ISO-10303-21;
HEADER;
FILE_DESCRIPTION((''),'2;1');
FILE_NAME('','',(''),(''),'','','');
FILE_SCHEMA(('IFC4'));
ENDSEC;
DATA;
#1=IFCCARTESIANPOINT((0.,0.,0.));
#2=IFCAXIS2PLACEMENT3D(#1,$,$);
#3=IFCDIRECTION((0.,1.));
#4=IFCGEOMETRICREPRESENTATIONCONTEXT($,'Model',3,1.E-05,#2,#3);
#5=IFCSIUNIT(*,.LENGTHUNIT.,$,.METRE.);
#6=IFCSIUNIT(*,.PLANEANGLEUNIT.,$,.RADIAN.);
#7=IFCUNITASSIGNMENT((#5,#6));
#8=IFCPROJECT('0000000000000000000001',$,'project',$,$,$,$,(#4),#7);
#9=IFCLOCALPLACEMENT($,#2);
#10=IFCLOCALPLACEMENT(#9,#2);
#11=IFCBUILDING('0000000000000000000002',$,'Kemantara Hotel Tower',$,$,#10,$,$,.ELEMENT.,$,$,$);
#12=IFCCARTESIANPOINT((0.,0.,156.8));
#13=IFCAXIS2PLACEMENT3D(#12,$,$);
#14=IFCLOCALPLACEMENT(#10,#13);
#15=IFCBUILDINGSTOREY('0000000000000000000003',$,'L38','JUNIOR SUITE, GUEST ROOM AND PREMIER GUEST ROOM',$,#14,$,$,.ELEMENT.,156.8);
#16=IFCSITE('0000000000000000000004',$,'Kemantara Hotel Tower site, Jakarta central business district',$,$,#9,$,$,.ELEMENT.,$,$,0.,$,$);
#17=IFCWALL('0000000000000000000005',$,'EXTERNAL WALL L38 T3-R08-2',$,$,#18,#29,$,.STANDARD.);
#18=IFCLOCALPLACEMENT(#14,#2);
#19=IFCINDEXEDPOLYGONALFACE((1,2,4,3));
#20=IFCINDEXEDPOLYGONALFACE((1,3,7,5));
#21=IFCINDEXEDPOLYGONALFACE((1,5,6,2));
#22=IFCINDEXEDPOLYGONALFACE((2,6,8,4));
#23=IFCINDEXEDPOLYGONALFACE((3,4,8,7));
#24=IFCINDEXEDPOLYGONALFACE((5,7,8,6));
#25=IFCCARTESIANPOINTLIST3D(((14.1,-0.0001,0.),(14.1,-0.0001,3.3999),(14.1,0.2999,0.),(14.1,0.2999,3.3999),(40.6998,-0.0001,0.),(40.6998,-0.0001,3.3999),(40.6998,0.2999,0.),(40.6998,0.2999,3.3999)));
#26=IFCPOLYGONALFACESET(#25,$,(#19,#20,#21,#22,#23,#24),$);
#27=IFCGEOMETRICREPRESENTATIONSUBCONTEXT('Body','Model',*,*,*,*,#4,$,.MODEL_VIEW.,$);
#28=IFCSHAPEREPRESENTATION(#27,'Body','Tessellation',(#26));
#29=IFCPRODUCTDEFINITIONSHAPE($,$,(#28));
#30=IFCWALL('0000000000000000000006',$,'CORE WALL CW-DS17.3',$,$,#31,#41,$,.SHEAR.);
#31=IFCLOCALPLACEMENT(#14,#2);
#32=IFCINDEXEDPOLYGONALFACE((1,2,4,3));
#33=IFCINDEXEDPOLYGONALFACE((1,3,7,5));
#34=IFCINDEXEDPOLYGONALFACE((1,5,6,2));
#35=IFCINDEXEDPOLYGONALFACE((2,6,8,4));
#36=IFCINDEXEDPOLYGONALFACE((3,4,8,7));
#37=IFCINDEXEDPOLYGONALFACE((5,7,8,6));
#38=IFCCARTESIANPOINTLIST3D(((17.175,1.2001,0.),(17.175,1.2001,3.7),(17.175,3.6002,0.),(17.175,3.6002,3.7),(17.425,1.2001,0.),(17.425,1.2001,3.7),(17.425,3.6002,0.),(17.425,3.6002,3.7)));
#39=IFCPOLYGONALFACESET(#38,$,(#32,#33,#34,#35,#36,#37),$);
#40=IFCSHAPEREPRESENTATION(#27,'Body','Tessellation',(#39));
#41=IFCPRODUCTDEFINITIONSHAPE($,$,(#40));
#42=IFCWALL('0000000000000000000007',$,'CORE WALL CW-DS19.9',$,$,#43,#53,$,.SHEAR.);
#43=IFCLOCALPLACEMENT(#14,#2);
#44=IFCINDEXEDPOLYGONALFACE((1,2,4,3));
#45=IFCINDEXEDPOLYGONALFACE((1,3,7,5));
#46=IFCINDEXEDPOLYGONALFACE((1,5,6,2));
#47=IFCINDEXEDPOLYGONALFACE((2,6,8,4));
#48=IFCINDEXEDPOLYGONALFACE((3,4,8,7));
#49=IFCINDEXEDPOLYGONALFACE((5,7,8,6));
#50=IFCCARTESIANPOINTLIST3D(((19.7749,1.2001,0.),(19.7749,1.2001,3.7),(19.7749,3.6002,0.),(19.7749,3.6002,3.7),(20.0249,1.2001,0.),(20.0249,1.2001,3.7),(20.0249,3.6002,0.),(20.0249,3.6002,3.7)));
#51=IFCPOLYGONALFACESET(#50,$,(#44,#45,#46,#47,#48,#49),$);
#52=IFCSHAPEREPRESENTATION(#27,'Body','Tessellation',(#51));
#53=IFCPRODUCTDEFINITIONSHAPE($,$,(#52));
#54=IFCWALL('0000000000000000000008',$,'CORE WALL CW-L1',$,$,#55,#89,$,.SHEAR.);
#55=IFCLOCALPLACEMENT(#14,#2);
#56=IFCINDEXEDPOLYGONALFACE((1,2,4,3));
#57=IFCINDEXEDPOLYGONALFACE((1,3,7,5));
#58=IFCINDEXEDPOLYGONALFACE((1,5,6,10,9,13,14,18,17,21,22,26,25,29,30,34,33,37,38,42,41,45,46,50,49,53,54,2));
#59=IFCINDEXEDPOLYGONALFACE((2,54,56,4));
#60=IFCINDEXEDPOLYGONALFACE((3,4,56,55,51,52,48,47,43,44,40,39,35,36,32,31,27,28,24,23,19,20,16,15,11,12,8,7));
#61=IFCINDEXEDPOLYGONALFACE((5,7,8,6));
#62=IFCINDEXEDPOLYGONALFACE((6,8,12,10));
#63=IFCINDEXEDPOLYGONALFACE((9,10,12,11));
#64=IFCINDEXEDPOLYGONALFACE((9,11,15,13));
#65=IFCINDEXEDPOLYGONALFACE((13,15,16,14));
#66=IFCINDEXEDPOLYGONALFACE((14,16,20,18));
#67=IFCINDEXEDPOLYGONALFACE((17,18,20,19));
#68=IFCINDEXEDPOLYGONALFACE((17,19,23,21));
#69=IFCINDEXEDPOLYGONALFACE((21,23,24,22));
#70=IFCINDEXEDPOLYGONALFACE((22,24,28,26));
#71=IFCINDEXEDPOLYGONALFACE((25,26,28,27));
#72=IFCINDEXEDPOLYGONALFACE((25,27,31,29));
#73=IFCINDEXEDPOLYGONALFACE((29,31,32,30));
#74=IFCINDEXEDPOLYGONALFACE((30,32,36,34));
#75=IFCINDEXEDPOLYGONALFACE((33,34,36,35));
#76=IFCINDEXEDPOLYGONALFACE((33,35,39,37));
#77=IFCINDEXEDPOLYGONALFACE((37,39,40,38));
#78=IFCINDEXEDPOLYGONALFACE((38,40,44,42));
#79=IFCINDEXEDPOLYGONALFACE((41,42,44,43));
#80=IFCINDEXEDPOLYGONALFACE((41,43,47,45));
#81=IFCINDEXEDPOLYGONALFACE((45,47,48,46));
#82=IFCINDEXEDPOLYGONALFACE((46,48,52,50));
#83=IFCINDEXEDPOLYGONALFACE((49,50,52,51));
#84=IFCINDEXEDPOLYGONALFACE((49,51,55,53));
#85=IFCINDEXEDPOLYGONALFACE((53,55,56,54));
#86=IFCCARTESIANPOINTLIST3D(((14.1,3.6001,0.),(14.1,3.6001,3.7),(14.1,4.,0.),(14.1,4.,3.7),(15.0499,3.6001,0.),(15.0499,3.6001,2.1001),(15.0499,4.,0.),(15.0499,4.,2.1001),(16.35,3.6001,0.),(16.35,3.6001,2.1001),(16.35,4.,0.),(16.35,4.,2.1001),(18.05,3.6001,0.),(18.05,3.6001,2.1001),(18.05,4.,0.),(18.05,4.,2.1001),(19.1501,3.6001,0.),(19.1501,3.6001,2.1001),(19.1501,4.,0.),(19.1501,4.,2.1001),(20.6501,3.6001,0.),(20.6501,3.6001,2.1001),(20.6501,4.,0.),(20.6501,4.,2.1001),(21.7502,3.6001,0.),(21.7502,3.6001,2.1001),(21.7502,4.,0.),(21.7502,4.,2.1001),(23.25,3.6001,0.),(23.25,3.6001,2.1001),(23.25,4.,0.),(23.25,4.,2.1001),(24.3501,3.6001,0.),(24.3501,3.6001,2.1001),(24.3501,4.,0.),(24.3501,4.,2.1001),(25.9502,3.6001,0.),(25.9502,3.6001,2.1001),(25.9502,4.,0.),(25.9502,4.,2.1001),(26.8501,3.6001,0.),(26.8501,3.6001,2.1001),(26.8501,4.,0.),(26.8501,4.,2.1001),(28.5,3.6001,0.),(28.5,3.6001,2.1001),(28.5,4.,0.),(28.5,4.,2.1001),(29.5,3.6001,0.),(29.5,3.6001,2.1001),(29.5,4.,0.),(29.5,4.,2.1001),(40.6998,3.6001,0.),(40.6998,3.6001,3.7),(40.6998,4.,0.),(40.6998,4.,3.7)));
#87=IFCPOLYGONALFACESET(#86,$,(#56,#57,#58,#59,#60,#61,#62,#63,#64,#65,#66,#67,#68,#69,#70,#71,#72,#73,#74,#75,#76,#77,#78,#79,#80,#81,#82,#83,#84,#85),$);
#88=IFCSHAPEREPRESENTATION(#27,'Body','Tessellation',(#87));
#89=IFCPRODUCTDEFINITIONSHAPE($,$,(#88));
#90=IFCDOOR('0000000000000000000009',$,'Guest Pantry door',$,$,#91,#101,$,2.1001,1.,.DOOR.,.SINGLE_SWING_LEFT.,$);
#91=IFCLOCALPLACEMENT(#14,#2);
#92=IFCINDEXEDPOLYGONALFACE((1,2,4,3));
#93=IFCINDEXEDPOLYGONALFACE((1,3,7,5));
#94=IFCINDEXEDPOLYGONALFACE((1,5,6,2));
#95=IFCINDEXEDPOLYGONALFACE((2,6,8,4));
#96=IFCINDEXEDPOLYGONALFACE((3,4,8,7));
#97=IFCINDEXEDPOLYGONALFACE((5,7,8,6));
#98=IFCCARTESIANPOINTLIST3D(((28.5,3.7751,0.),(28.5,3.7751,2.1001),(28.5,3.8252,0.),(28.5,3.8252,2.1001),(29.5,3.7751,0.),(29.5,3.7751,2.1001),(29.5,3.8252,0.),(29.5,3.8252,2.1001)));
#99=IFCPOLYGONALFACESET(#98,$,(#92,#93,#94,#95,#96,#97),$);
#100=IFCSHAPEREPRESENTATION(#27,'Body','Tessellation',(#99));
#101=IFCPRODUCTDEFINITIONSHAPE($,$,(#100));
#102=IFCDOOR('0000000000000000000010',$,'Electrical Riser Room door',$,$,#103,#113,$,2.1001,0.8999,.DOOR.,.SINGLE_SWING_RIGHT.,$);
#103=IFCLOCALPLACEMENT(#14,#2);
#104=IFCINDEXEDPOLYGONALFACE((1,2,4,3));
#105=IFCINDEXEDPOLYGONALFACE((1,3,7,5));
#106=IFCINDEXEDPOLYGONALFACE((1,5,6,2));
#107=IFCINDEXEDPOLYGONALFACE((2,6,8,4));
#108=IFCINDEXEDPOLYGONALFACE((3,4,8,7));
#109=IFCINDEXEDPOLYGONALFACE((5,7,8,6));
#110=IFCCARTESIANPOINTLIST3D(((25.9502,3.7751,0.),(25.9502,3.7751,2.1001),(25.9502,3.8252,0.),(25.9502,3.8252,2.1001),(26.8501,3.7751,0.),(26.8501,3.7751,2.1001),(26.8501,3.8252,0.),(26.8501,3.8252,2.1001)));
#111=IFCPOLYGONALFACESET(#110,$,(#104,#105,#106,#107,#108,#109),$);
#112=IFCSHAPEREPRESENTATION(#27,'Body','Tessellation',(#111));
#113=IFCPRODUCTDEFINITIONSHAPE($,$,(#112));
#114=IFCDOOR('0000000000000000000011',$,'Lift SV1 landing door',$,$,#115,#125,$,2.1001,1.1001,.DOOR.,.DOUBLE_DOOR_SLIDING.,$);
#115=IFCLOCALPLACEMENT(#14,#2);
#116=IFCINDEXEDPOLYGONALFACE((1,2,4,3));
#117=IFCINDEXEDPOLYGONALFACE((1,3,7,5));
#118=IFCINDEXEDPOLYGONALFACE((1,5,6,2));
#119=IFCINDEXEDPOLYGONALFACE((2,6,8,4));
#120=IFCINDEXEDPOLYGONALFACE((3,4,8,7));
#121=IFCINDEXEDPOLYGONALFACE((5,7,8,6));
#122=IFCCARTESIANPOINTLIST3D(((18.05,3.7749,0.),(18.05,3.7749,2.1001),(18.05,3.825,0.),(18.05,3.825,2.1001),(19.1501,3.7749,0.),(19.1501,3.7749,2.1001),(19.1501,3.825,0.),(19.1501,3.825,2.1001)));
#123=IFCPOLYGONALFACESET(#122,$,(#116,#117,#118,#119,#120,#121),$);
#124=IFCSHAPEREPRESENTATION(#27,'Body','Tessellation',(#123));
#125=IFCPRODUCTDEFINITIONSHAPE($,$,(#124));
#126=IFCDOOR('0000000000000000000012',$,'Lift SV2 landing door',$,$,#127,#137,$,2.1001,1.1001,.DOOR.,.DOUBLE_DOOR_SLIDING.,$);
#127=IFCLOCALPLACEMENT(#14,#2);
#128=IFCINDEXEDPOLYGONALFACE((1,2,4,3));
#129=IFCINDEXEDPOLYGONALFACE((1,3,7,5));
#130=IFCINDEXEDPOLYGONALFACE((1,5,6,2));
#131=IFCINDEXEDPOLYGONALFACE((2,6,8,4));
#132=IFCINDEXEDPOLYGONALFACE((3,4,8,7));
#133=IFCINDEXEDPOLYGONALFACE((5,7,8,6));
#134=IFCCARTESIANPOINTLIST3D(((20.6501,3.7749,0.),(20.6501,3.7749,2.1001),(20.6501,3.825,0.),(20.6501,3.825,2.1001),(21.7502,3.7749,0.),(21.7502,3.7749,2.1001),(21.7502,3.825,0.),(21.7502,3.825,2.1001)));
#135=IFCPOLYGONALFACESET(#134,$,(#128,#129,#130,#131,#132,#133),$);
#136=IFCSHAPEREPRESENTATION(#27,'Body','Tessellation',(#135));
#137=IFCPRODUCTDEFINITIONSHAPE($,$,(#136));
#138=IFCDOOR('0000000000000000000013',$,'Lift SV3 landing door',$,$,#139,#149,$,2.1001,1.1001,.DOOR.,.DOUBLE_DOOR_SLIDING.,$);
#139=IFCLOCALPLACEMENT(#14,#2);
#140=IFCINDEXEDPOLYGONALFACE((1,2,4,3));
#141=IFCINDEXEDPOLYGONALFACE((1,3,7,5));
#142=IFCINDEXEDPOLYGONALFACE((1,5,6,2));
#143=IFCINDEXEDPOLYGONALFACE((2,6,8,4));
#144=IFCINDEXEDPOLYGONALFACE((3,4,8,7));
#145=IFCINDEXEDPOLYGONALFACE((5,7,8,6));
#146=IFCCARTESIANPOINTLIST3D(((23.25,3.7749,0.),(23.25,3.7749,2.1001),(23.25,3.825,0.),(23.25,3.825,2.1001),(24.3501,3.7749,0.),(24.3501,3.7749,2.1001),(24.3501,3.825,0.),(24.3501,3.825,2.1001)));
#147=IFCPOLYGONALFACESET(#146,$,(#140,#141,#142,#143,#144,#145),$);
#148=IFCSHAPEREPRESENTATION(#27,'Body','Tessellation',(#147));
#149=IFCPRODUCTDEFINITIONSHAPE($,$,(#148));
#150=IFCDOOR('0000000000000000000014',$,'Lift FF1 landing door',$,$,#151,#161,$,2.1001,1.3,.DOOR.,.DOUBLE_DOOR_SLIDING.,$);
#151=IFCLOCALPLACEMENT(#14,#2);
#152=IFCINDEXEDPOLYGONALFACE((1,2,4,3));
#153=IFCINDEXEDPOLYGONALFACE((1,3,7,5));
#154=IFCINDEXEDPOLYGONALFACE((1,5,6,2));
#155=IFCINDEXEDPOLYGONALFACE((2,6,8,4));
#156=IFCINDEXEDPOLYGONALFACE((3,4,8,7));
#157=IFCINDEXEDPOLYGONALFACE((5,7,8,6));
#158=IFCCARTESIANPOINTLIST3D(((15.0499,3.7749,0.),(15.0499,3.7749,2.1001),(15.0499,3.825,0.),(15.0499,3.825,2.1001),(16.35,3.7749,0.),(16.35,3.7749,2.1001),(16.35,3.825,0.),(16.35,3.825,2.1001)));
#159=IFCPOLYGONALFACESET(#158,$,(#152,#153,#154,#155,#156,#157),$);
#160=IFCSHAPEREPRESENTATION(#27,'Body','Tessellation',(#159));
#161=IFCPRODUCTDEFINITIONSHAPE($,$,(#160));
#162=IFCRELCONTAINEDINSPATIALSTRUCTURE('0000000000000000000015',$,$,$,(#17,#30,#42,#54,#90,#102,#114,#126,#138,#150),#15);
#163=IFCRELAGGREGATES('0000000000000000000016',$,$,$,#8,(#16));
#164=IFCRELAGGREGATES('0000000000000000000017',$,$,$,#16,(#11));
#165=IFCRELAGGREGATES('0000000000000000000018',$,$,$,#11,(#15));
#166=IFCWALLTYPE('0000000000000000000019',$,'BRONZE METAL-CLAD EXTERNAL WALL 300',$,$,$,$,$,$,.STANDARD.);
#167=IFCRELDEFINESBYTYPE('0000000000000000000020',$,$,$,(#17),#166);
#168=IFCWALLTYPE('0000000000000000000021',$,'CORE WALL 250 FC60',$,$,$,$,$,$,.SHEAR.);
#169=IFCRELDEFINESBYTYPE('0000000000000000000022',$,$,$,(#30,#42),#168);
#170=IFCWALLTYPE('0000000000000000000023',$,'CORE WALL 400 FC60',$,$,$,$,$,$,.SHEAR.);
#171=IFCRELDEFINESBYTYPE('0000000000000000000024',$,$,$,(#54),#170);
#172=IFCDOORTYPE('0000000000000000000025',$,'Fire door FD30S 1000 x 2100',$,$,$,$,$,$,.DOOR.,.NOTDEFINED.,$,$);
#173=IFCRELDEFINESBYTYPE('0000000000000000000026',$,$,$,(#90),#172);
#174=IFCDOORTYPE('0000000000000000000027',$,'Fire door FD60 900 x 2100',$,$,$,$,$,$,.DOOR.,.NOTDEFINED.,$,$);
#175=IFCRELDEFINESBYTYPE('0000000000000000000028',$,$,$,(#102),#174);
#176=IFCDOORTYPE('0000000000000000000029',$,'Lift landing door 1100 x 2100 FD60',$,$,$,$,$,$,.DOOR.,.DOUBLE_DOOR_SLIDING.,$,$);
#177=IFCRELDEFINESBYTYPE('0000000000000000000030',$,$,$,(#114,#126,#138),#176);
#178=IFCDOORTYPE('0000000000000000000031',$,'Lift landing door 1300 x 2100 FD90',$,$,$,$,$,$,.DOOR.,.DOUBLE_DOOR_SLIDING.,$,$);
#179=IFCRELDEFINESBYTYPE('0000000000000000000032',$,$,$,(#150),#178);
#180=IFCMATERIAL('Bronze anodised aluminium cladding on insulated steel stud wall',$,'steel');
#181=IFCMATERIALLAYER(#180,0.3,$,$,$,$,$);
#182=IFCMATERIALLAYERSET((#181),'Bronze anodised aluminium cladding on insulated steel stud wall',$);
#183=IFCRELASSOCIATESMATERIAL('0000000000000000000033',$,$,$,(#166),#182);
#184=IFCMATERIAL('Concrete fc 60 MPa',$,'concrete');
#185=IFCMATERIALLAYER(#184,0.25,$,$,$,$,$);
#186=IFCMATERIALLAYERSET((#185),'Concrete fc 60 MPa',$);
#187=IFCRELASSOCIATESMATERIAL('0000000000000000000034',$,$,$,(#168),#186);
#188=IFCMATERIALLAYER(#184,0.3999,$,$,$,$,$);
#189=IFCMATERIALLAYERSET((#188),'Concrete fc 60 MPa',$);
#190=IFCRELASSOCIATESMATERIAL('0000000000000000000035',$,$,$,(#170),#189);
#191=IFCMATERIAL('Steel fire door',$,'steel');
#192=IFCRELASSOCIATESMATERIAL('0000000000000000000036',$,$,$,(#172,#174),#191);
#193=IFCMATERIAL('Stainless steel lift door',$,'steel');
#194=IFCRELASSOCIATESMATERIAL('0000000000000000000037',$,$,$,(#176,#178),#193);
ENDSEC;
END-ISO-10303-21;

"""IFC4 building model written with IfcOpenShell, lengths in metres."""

from ifc_helpers import new_model, si_unit, direction, frame, frame_2d, origin, place, context, subcontext, project, spatial, rectangle, extrude, material, layer, layer_set, type_object, element, fill, save


model = new_model("IFC4")

# Units and contexts
model_context = context("Model", 3, precision=1e-05, world=origin(), true_north=direction((0.0, 1.0)))
body_context = subcontext(model_context, "Body", "Model", "MODEL_VIEW")
ifc_project = project(units=[si_unit("LENGTHUNIT", "METRE"), si_unit("PLANEANGLEUNIT", "RADIAN")], contexts=[model_context])

# Site, building, storey
site_placement = place(None, origin())
site = spatial("IfcSite", under=ifc_project, at=site_placement, Name="Kemantara Hotel Tower site, Jakarta central business district", CompositionType="ELEMENT", RefElevation=0.0)
building_placement = place(site_placement, origin())
building = spatial("IfcBuilding", under=site, at=building_placement, Name="Kemantara Hotel Tower", CompositionType="ELEMENT")
storey_placement = place(building_placement, frame((0.0, 0.0, 156.8)))
storey = spatial("IfcBuildingStorey", under=building, at=storey_placement, Name="L38", Description="JUNIOR SUITE, GUEST ROOM AND PREMIER GUEST ROOM", CompositionType="ELEMENT", Elevation=156.8)

# Walls
ifc_material_1 = material(Name="Bronze anodised aluminium cladding on insulated steel stud wall", Category="steel")
ifc_layer_1 = layer(ifc_material_1, 0.3)
ifc_layer_set_1 = layer_set([ifc_layer_1], Name="Bronze anodised aluminium cladding on insulated steel stud wall")
wall_type_1 = type_object("IfcWallType", Name="BRONZE METAL-CLAD EXTERNAL WALL 300", PredefinedType="STANDARD", material=ifc_layer_set_1)
wall_1_placement = place(storey_placement, frame((14.1001, 0.1499, 0.0), z_axis=(0.0, 0.0, 1.0), x_axis=(1.0, 0.0, 0.0)))
element("IfcWall", 1, at=wall_1_placement, inside=storey, type_object=wall_type_1, Name="EXTERNAL WALL L38 T3-R08-2", PredefinedType="STANDARD", context=body_context, shape_type="SweptSolid", body=[
    extrude(rectangle(XDim=26.5999, YDim=0.3, at=frame_2d((13.2998, 0.0))), origin(), (0.0, 0.0, 1.0), 3.3999),
])
ifc_material_2 = material(Name="Concrete fc 60 MPa", Category="concrete")
ifc_layer_2 = layer(ifc_material_2, 0.25)
ifc_layer_set_2 = layer_set([ifc_layer_2], Name="Concrete fc 60 MPa")
wall_type_2 = type_object("IfcWallType", Name="CORE WALL 250 FC60", PredefinedType="SHEAR", material=ifc_layer_set_2)
for number, where, z_axis, x_axis, name in (
    (2, (17.3, 1.2, 0.0), (0.0, 0.0, 1.0), (0.0, 1.0, 0.0), "CORE WALL CW-DS17.3"),
    (3, (19.8999, 1.2, 0.0), (0.0, 0.0, 1.0), (0.0, 1.0, 0.0), "CORE WALL CW-DS19.9"),
):
    element("IfcWall", number, at=place(storey_placement, frame(where, z_axis=z_axis, x_axis=x_axis)), inside=storey, type_object=wall_type_2, Name=name, PredefinedType="SHEAR", context=body_context, shape_type="SweptSolid", body=[
        extrude(rectangle(XDim=2.4001, YDim=0.25, at=frame_2d((1.2002, 0.0))), origin(), (0.0, 0.0, 1.0), 3.7),
    ])

# Wall, openings, doors
ifc_layer_3 = layer(ifc_material_2, 0.3999)
ifc_layer_set_3 = layer_set([ifc_layer_3], Name="Concrete fc 60 MPa")
wall_type_3 = type_object("IfcWallType", Name="CORE WALL 400 FC60", PredefinedType="SHEAR", material=ifc_layer_set_3)
wall_2_placement = place(storey_placement, frame((14.1001, 3.8, 0.0), z_axis=(0.0, 0.0, 1.0), x_axis=(1.0, 0.0, 0.0)))
wall_2 = element("IfcWall", 4, at=wall_2_placement, inside=storey, type_object=wall_type_3, Name="CORE WALL CW-L1", PredefinedType="SHEAR", context=body_context, shape_type="SweptSolid", body=[
    extrude(rectangle(XDim=26.5999, YDim=0.3999, at=frame_2d((13.2998, 0.0))), origin(), (0.0, 0.0, 1.0), 3.7),
])
opening_1_placement = place(wall_2_placement, frame((0.95, 0.0, 0.0)))
opening_1 = element("IfcOpeningElement", 5, at=opening_1_placement, cuts=wall_2, PredefinedType="OPENING", context=body_context, shape_type="SweptSolid", body=[
    extrude(rectangle(XDim=1.3, YDim=2.1001, at=frame_2d((0.6499, 1.05))), frame((0.0, 0.21, 0.0), z_axis=(0.0, -1.0, 0.0), x_axis=(1.0, 0.0, 0.0)), (0.0, 0.0, 1.0), 0.4199),
])
opening_2_placement = place(wall_2_placement, frame((3.95, 0.0, 0.0)))
opening_2 = element("IfcOpeningElement", 6, at=opening_2_placement, cuts=wall_2, PredefinedType="OPENING", context=body_context, shape_type="SweptSolid", body=[
    extrude(rectangle(XDim=1.1001, YDim=2.1001, at=frame_2d((0.55, 1.05))), frame((0.0, 0.21, 0.0), z_axis=(0.0, -1.0, 0.0), x_axis=(1.0, 0.0, 0.0)), (0.0, 0.0, 1.0), 0.4199),
])
opening_3_placement = place(wall_2_placement, frame((6.55, 0.0, 0.0)))
opening_3 = element("IfcOpeningElement", 7, at=opening_3_placement, cuts=wall_2, PredefinedType="OPENING", context=body_context, shape_type="SweptSolid", body=[
    extrude(rectangle(XDim=1.1001, YDim=2.1001, at=frame_2d((0.55, 1.05))), frame((0.0, 0.21, 0.0), z_axis=(0.0, -1.0, 0.0), x_axis=(1.0, 0.0, 0.0)), (0.0, 0.0, 1.0), 0.4199),
])
opening_4_placement = place(wall_2_placement, frame((9.1499, 0.0, 0.0)))
opening_4 = element("IfcOpeningElement", 8, at=opening_4_placement, cuts=wall_2, PredefinedType="OPENING", context=body_context, shape_type="SweptSolid", body=[
    extrude(rectangle(XDim=1.1001, YDim=2.1001, at=frame_2d((0.55, 1.05))), frame((0.0, 0.21, 0.0), z_axis=(0.0, -1.0, 0.0), x_axis=(1.0, 0.0, 0.0)), (0.0, 0.0, 1.0), 0.4199),
])
opening_5_placement = place(wall_2_placement, frame((11.8501, 0.0, 0.0)))
opening_5 = element("IfcOpeningElement", 9, at=opening_5_placement, cuts=wall_2, PredefinedType="OPENING", context=body_context, shape_type="SweptSolid", body=[
    extrude(rectangle(XDim=0.8999, YDim=2.1001, at=frame_2d((0.45, 1.05))), frame((0.0, 0.21, 0.0), z_axis=(0.0, -1.0, 0.0), x_axis=(1.0, 0.0, 0.0)), (0.0, 0.0, 1.0), 0.4199),
])
opening_6_placement = place(wall_2_placement, frame((14.3999, 0.0, 0.0)))
opening_6 = element("IfcOpeningElement", 10, at=opening_6_placement, cuts=wall_2, PredefinedType="OPENING", context=body_context, shape_type="SweptSolid", body=[
    extrude(rectangle(XDim=1.0, YDim=2.1001, at=frame_2d((0.5, 1.05))), frame((0.0, 0.21, 0.0), z_axis=(0.0, -1.0, 0.0), x_axis=(1.0, 0.0, 0.0)), (0.0, 0.0, 1.0), 0.4199),
])
ifc_material_3 = material(Name="Steel fire door", Category="steel")
door_type_1 = type_object("IfcDoorType", Name="Fire door FD30S 1000 x 2100", OperationType="NOTDEFINED", PredefinedType="DOOR", material=ifc_material_3)
door_1_placement = place(opening_6_placement, frame((1.0, 0.0, 0.0), z_axis=(0.0, 0.0, 1.0), x_axis=(-1.0, 0.0, 0.0)))
door_1 = element("IfcDoor", 11, at=door_1_placement, inside=storey, type_object=door_type_1, Name="Guest Pantry door", OperationType="SINGLE_SWING_LEFT", OverallHeight=2.1001, OverallWidth=1.0, PredefinedType="DOOR", context=body_context, shape_type="SweptSolid", body=[
    extrude(rectangle(XDim=1.0, YDim=2.1001, at=frame_2d((0.5, 1.05))), frame((0.0, 0.0249, 0.0), z_axis=(0.0, -1.0, 0.0), x_axis=(1.0, 0.0, 0.0)), (0.0, 0.0, 1.0), 0.05),
])
fill(opening_6, door_1)
door_type_2 = type_object("IfcDoorType", Name="Fire door FD60 900 x 2100", OperationType="NOTDEFINED", PredefinedType="DOOR", material=ifc_material_3)
door_2_placement = place(opening_5_placement, frame((0.8999, 0.0, 0.0), z_axis=(0.0, 0.0, 1.0), x_axis=(-1.0, 0.0, 0.0)))
door_2 = element("IfcDoor", 12, at=door_2_placement, inside=storey, type_object=door_type_2, Name="Electrical Riser Room door", OperationType="SINGLE_SWING_RIGHT", OverallHeight=2.1001, OverallWidth=0.8999, PredefinedType="DOOR", context=body_context, shape_type="SweptSolid", body=[
    extrude(rectangle(XDim=0.8999, YDim=2.1001, at=frame_2d((0.45, 1.05))), frame((0.0, 0.0249, 0.0), z_axis=(0.0, -1.0, 0.0), x_axis=(1.0, 0.0, 0.0)), (0.0, 0.0, 1.0), 0.05),
])
fill(opening_5, door_2)
ifc_material_4 = material(Name="Stainless steel lift door", Category="steel")
door_type_3 = type_object("IfcDoorType", Name="Lift landing door 1100 x 2100 FD60", OperationType="DOUBLE_DOOR_SLIDING", PredefinedType="DOOR", material=ifc_material_4)
door_3_placement = place(opening_2_placement, origin())
door_3 = element("IfcDoor", 13, at=door_3_placement, inside=storey, type_object=door_type_3, Name="Lift SV1 landing door", OperationType="DOUBLE_DOOR_SLIDING", OverallHeight=2.1001, OverallWidth=1.1001, PredefinedType="DOOR", context=body_context, shape_type="SweptSolid", body=[
    extrude(rectangle(XDim=1.1001, YDim=2.1001, at=frame_2d((0.55, 1.05))), frame((0.0, 0.0249, 0.0), z_axis=(0.0, -1.0, 0.0), x_axis=(1.0, 0.0, 0.0)), (0.0, 0.0, 1.0), 0.05),
])
fill(opening_2, door_3)
door_4_placement = place(opening_3_placement, origin())
door_4 = element("IfcDoor", 14, at=door_4_placement, inside=storey, type_object=door_type_3, Name="Lift SV2 landing door", OperationType="DOUBLE_DOOR_SLIDING", OverallHeight=2.1001, OverallWidth=1.1001, PredefinedType="DOOR", context=body_context, shape_type="SweptSolid", body=[
    extrude(rectangle(XDim=1.1001, YDim=2.1001, at=frame_2d((0.55, 1.05))), frame((0.0, 0.0249, 0.0), z_axis=(0.0, -1.0, 0.0), x_axis=(1.0, 0.0, 0.0)), (0.0, 0.0, 1.0), 0.05),
])
fill(opening_3, door_4)
door_5_placement = place(opening_4_placement, origin())
door_5 = element("IfcDoor", 15, at=door_5_placement, inside=storey, type_object=door_type_3, Name="Lift SV3 landing door", OperationType="DOUBLE_DOOR_SLIDING", OverallHeight=2.1001, OverallWidth=1.1001, PredefinedType="DOOR", context=body_context, shape_type="SweptSolid", body=[
    extrude(rectangle(XDim=1.1001, YDim=2.1001, at=frame_2d((0.55, 1.05))), frame((0.0, 0.0249, 0.0), z_axis=(0.0, -1.0, 0.0), x_axis=(1.0, 0.0, 0.0)), (0.0, 0.0, 1.0), 0.05),
])
fill(opening_4, door_5)
door_type_4 = type_object("IfcDoorType", Name="Lift landing door 1300 x 2100 FD90", OperationType="DOUBLE_DOOR_SLIDING", PredefinedType="DOOR", material=ifc_material_4)
door_6_placement = place(opening_1_placement, origin())
door_6 = element("IfcDoor", 16, at=door_6_placement, inside=storey, type_object=door_type_4, Name="Lift FF1 landing door", OperationType="DOUBLE_DOOR_SLIDING", OverallHeight=2.1001, OverallWidth=1.3, PredefinedType="DOOR", context=body_context, shape_type="SweptSolid", body=[
    extrude(rectangle(XDim=1.3, YDim=2.1001, at=frame_2d((0.6499, 1.05))), frame((0.0, 0.0249, 0.0), z_axis=(0.0, -1.0, 0.0), x_axis=(1.0, 0.0, 0.0)), (0.0, 0.0, 1.0), 0.05),
])
fill(opening_1, door_6)

save(model, "model.ifc")
